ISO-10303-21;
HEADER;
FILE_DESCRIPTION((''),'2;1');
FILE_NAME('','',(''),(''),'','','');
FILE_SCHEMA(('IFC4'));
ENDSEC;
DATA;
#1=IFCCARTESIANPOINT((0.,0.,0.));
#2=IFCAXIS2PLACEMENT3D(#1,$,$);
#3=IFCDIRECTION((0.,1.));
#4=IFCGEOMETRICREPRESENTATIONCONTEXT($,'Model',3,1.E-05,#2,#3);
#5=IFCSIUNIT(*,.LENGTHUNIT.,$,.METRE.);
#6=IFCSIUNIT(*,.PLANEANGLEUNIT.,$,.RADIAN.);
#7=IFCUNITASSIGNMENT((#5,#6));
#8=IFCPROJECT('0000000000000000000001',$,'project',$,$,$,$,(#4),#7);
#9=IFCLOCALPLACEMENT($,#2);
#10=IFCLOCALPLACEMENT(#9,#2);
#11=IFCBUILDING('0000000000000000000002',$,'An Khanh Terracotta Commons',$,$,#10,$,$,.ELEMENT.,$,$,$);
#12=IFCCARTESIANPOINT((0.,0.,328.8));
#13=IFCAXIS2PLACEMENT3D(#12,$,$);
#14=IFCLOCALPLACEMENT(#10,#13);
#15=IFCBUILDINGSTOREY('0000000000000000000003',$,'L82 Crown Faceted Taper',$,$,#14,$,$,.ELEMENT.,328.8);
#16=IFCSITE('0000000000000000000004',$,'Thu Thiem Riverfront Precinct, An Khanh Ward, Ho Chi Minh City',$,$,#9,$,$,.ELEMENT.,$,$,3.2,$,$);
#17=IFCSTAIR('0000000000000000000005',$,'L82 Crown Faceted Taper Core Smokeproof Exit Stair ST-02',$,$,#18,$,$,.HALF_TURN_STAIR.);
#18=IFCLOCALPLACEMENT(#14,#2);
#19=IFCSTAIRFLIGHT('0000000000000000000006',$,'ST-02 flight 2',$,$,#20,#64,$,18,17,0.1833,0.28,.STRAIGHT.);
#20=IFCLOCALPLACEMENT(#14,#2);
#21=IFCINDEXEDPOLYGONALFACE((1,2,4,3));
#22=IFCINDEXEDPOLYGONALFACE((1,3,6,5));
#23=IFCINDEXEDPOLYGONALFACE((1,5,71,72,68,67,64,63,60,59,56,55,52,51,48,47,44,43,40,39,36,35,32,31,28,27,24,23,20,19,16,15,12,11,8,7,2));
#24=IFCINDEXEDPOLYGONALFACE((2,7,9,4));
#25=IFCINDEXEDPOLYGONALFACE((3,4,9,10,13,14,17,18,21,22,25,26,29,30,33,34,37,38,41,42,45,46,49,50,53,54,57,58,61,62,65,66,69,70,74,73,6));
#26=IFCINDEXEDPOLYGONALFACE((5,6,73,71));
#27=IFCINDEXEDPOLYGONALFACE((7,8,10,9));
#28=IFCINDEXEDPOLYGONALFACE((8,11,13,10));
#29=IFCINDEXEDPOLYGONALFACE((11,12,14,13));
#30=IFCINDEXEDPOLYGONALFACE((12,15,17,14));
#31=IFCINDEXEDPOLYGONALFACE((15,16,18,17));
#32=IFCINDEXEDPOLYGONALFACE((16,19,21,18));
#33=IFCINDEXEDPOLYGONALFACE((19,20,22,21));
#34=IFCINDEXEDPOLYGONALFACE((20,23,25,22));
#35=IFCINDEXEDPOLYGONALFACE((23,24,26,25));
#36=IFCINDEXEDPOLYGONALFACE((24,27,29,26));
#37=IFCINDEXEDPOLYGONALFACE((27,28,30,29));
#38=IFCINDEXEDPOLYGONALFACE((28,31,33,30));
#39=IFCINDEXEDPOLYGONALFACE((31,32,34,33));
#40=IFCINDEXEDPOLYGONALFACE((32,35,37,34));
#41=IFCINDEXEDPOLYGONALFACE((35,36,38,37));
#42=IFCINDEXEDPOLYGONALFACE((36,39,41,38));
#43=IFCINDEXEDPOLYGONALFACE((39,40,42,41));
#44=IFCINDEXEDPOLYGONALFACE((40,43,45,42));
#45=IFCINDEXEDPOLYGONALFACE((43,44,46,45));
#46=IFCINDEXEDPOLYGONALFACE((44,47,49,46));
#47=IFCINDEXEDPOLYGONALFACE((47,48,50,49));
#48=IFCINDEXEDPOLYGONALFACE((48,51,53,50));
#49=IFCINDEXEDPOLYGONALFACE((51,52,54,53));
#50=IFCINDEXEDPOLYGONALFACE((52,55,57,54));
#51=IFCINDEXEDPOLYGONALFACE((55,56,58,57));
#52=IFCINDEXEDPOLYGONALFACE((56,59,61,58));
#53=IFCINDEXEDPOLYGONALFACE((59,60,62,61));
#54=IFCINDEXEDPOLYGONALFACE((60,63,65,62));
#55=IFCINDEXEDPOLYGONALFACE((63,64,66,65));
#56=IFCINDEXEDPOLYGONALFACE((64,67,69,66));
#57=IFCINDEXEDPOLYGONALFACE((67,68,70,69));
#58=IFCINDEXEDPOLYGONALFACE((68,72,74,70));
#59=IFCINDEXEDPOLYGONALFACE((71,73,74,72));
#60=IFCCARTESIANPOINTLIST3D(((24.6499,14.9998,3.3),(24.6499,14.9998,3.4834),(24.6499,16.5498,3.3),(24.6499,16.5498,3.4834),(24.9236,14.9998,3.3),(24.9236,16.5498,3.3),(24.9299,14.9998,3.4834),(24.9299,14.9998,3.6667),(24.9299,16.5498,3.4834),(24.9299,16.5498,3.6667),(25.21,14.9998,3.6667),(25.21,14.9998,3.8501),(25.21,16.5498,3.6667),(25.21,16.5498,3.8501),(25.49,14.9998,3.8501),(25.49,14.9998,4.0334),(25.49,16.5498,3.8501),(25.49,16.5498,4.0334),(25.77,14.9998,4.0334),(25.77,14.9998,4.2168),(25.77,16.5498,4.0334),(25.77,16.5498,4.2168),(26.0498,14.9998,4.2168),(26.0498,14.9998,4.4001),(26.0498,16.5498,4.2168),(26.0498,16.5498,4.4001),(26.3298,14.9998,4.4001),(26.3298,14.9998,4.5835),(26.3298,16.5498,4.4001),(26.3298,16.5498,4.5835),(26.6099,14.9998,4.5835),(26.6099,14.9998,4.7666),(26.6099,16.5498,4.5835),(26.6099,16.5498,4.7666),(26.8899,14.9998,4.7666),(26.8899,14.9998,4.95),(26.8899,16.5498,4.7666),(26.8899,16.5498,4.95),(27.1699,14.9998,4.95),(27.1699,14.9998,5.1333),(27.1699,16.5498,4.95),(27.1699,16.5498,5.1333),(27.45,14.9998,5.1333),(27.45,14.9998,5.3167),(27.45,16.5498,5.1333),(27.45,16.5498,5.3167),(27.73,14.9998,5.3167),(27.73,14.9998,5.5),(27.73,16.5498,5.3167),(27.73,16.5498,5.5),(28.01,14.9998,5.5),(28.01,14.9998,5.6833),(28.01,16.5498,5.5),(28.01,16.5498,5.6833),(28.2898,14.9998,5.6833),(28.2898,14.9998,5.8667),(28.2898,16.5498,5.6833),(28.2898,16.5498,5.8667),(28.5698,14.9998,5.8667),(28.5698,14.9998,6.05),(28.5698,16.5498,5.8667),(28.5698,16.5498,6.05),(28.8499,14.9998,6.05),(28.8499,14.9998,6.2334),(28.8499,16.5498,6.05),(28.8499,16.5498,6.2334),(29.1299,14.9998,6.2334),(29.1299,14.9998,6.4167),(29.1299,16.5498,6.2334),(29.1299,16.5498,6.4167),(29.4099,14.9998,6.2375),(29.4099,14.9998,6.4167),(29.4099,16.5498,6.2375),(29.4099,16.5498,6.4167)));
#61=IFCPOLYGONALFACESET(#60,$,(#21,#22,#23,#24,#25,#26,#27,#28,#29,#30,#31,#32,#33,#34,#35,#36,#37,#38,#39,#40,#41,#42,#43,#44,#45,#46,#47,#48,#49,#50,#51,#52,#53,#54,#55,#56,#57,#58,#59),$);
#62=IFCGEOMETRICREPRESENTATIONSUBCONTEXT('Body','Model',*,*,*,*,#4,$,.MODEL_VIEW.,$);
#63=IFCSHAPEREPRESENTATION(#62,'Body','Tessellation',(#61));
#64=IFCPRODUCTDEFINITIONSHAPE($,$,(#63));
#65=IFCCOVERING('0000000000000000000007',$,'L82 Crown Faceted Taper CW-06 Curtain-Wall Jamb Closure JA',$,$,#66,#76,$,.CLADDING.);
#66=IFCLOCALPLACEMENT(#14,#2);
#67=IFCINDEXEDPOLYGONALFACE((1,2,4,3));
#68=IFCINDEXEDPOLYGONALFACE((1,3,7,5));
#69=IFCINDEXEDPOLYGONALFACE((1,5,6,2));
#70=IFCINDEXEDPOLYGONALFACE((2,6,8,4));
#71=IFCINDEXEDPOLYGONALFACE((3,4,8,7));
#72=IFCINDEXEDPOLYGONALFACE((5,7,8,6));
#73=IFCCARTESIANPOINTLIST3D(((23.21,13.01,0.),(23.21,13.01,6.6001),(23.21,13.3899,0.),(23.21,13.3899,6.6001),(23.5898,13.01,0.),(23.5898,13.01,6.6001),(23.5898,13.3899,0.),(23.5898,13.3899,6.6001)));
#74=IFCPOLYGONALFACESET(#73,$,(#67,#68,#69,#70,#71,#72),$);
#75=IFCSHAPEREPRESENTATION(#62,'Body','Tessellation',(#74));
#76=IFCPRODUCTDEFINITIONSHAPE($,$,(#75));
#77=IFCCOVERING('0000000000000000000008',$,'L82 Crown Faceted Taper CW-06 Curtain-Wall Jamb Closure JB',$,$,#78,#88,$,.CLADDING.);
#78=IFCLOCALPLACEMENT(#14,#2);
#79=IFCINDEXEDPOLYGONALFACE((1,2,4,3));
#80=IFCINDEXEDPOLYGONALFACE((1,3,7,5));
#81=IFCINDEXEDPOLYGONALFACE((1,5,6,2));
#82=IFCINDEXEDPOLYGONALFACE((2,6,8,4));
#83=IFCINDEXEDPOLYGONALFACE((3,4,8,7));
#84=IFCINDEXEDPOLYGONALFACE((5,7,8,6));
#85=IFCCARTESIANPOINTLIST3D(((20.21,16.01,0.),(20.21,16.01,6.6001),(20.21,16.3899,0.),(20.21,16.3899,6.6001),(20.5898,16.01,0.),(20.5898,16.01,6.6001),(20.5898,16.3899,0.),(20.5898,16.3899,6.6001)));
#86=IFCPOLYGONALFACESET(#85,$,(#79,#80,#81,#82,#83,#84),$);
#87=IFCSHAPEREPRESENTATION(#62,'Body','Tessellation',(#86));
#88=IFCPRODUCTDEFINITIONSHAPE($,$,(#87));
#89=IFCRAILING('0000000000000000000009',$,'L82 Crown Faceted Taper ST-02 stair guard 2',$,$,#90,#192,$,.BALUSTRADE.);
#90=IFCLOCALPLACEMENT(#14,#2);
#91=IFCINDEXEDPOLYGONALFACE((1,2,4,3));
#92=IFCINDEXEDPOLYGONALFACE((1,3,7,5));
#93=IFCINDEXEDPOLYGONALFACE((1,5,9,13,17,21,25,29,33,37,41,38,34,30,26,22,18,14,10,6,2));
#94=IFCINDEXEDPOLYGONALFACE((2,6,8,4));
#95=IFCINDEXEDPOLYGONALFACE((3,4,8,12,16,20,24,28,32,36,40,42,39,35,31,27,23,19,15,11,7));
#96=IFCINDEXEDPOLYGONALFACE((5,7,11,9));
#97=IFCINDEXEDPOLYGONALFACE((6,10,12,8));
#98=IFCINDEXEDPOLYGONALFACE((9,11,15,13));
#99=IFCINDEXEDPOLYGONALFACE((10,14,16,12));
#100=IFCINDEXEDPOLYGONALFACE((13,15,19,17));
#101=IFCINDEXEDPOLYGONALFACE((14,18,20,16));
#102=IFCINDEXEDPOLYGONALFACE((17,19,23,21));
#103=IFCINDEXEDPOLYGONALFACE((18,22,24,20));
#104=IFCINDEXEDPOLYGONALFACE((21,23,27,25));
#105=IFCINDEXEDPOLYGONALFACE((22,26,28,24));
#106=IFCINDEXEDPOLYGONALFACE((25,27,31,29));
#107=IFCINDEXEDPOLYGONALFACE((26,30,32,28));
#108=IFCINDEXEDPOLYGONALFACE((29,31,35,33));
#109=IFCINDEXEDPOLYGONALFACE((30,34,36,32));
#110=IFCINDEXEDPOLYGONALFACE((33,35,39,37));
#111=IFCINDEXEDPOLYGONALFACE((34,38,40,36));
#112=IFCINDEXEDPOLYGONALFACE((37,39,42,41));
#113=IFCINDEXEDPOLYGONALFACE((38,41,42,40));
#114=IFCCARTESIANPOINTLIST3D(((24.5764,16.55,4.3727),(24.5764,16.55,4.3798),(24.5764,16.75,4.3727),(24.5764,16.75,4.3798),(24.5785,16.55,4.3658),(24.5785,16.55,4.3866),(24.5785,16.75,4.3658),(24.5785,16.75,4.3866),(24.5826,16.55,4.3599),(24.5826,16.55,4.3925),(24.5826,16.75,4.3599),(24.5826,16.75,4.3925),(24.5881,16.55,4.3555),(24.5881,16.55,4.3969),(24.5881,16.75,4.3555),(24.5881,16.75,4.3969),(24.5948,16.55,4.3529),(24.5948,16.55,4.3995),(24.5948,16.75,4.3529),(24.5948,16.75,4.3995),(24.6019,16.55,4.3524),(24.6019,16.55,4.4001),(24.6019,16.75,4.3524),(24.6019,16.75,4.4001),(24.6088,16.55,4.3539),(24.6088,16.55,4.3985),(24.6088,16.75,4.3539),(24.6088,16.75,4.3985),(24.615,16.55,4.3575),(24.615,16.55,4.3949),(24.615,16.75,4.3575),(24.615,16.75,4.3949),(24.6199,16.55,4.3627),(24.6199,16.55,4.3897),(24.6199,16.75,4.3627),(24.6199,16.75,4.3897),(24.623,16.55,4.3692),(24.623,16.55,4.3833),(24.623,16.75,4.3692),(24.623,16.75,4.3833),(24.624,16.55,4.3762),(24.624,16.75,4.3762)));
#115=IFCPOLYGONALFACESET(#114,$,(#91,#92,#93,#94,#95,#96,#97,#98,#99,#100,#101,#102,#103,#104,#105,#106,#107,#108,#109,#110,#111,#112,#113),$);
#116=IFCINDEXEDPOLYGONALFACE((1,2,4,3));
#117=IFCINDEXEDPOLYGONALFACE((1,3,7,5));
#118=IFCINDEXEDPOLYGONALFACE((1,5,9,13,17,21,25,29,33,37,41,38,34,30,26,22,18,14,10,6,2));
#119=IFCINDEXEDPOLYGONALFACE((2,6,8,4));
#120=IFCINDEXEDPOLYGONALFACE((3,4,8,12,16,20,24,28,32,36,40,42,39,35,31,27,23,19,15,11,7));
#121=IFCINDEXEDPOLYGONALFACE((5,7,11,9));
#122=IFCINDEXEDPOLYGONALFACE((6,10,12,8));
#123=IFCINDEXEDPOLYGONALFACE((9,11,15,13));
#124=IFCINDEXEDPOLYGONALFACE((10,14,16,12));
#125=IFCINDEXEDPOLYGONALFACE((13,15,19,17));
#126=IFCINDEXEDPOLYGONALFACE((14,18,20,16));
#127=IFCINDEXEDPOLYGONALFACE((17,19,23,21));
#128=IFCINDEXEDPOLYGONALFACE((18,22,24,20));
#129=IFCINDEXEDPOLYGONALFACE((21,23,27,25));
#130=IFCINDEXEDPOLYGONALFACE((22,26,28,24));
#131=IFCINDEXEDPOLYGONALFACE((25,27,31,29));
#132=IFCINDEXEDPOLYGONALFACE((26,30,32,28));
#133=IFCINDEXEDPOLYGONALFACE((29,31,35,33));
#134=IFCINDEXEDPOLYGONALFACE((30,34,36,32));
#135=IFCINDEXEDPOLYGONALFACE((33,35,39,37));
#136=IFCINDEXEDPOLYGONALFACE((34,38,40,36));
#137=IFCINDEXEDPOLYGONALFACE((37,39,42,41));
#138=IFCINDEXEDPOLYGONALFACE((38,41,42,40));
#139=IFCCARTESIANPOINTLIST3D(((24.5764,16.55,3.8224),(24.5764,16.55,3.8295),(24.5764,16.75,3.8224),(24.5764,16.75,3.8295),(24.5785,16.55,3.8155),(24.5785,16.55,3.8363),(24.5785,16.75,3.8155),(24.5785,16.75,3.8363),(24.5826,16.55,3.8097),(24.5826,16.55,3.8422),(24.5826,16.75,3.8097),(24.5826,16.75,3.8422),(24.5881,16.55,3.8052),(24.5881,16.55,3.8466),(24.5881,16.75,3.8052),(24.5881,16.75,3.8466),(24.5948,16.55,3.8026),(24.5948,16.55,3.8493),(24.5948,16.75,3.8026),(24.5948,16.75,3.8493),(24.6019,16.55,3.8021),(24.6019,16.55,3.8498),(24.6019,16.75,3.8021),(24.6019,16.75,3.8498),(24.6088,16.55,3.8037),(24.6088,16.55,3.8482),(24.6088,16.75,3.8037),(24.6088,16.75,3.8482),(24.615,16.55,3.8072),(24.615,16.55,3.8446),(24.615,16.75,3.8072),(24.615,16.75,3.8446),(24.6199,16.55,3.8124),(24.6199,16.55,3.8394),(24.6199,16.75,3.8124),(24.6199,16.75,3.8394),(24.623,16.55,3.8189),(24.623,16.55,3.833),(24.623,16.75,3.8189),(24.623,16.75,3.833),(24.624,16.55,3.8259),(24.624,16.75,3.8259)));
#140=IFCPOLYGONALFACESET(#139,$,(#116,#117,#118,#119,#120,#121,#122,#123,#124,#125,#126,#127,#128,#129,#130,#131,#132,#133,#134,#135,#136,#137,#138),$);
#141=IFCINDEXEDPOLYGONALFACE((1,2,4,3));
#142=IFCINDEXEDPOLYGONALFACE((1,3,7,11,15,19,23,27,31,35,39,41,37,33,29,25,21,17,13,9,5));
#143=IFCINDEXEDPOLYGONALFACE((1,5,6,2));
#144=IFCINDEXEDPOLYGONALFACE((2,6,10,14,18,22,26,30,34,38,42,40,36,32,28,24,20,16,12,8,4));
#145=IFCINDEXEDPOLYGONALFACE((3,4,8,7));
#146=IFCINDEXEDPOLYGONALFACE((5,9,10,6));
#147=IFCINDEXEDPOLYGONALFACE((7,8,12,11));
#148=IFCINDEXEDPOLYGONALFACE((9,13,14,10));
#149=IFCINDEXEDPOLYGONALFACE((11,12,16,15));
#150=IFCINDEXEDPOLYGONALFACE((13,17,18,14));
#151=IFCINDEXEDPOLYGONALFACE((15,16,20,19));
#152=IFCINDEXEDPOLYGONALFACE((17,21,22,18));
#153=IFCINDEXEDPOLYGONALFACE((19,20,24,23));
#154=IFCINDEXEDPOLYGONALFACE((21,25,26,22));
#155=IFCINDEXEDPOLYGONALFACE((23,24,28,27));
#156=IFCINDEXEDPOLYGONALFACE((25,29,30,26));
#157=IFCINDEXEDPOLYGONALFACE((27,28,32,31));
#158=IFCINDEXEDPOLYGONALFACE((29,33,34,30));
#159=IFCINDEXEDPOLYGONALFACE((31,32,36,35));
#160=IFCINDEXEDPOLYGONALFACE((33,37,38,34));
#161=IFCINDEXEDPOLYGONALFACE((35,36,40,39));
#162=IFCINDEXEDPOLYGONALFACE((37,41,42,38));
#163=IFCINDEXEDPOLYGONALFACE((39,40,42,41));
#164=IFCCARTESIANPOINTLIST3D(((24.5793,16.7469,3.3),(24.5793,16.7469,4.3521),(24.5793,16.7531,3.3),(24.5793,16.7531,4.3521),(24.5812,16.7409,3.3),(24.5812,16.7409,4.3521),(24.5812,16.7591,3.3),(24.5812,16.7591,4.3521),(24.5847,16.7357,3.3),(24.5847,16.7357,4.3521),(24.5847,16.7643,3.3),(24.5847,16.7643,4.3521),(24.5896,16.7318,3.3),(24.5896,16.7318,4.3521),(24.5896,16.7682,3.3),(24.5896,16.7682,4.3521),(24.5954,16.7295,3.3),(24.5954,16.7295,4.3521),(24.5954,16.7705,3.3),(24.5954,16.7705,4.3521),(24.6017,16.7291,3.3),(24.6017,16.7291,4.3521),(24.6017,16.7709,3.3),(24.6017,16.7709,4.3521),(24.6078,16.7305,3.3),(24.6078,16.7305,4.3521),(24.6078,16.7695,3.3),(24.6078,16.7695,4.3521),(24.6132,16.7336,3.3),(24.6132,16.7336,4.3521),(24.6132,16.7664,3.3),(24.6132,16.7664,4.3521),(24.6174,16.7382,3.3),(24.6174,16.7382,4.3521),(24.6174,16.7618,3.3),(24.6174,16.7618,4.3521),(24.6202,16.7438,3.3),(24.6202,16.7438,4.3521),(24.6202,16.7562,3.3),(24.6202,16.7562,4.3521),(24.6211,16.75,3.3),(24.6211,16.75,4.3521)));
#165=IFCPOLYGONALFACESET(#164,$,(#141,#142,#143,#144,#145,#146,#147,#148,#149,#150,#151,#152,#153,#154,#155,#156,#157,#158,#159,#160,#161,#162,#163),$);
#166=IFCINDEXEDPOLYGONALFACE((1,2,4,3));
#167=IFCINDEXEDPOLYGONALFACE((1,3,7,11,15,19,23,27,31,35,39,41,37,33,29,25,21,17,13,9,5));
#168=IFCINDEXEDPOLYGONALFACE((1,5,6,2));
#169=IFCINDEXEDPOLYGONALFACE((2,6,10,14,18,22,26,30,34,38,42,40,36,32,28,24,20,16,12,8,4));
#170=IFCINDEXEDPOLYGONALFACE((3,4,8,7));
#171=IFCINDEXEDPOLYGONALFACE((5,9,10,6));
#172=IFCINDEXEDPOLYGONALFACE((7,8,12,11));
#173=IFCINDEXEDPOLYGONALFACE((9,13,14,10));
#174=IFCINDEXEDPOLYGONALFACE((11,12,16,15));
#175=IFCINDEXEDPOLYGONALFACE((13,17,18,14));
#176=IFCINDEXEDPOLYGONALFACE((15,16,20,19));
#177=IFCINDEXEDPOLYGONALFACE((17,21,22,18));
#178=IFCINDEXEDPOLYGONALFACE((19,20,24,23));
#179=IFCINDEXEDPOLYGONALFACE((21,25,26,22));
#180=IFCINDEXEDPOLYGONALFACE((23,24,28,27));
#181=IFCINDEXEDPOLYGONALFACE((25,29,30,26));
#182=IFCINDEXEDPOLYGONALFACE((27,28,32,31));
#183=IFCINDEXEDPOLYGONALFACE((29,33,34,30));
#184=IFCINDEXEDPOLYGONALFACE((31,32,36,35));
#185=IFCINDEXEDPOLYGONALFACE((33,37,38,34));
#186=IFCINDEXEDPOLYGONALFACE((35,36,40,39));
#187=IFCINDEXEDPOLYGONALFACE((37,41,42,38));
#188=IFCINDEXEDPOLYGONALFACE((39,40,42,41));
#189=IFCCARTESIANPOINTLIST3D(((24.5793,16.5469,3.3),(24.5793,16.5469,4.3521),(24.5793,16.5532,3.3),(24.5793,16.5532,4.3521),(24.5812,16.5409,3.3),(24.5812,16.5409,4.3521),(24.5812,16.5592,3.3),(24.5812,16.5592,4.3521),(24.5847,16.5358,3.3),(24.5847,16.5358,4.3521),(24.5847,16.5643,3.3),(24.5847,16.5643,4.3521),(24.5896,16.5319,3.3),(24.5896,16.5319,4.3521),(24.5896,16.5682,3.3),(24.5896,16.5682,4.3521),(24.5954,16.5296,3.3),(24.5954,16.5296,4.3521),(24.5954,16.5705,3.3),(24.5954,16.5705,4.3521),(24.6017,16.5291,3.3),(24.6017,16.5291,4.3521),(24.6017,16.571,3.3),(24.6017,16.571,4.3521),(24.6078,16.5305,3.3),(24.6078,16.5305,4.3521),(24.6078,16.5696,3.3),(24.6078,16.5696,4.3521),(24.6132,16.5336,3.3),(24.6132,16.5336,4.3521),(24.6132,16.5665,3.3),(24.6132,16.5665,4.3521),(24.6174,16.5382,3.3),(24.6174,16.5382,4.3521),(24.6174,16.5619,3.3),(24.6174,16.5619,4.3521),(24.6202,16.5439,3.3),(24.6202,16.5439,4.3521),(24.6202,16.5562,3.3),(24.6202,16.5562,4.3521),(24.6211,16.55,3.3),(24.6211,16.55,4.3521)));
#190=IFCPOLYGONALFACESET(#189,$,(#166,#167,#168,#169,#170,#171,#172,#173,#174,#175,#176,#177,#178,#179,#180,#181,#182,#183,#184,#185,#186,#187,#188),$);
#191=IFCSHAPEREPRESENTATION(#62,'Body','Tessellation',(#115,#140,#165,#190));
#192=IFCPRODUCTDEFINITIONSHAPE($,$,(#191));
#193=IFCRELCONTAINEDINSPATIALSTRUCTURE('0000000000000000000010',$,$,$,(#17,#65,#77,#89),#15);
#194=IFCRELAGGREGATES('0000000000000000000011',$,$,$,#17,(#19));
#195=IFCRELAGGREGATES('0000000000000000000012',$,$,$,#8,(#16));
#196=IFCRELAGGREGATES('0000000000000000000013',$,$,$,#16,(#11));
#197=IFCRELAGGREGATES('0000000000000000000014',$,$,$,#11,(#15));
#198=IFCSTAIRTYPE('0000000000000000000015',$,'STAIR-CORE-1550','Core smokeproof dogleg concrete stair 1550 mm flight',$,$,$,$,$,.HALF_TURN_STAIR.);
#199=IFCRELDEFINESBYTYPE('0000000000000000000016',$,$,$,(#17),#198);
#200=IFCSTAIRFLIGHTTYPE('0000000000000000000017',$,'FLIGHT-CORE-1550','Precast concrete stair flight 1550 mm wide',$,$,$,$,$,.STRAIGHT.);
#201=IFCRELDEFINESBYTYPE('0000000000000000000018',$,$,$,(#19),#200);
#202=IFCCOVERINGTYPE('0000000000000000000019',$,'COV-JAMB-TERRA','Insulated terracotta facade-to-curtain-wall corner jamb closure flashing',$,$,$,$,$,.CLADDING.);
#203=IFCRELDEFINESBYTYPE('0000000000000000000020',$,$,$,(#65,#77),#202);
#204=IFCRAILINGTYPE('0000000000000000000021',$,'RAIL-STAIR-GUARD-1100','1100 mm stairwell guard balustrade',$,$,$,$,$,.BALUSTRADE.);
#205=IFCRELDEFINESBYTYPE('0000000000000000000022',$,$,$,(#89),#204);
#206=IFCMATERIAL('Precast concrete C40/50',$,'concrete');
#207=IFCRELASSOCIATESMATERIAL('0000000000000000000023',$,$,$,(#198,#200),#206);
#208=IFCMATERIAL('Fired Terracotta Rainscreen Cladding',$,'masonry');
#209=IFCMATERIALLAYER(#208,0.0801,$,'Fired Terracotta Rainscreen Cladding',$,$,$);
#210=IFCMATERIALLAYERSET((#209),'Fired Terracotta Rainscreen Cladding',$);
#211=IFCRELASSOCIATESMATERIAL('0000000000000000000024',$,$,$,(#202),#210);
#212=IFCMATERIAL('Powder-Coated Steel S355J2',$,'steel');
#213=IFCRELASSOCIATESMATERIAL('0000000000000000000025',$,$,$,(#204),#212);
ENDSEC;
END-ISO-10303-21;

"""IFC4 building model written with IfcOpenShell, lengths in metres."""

from ifc_helpers import new_model, si_unit, direction, frame, origin, origin_2d, place, context, subcontext, project, spatial, polyline, rectangle, circle, outline, extrude, material, layer, layer_set, type_object, element, aggregate, save


model = new_model("IFC4")

# Units and contexts
model_context = context("Model", 3, precision=1e-05, world=origin(), true_north=direction((0.0, 1.0)))
body_context = subcontext(model_context, "Body", "Model", "MODEL_VIEW")
ifc_project = project(units=[si_unit("LENGTHUNIT", "METRE"), si_unit("PLANEANGLEUNIT", "RADIAN")], contexts=[model_context])

# Site, building, storey
site_placement = place(None, origin())
site = spatial("IfcSite", under=ifc_project, at=site_placement, Name="Thu Thiem Riverfront Precinct, An Khanh Ward, Ho Chi Minh City", CompositionType="ELEMENT", RefElevation=3.2)
building_placement = place(site_placement, origin())
building = spatial("IfcBuilding", under=site, at=building_placement, Name="An Khanh Terracotta Commons", CompositionType="ELEMENT")
storey_placement = place(building_placement, frame((0.0, 0.0, 328.8)))
storey = spatial("IfcBuildingStorey", under=building, at=storey_placement, Name="L82 Crown Faceted Taper", CompositionType="ELEMENT", Elevation=328.8)

# Stair
ifc_material_1 = material(Name="Precast concrete C40/50", Category="concrete")
stair_type = type_object("IfcStairType", Name="STAIR-CORE-1550", Description="Core smokeproof dogleg concrete stair 1550 mm flight", PredefinedType="HALF_TURN_STAIR", material=ifc_material_1)
stair_1_placement = place(storey_placement, origin())
stair_1 = element("IfcStair", 1, at=stair_1_placement, inside=storey, type_object=stair_type, Name="L82 Crown Faceted Taper Core Smokeproof Exit Stair ST-02", PredefinedType="HALF_TURN_STAIR")

# Stair flight
stair_flight_type = type_object("IfcStairFlightType", Name="FLIGHT-CORE-1550", Description="Precast concrete stair flight 1550 mm wide", PredefinedType="STRAIGHT", material=ifc_material_1)
stair_flight_placement = place(storey_placement, frame((24.6499, 15.7749, 3.3), z_axis=(0.0, 0.0, 1.0), x_axis=(1.0, 0.0, 0.0)))
stair_flight = element("IfcStairFlight", 2, at=stair_flight_placement, type_object=stair_flight_type, Name="ST-02 flight 2", NumberOfRisers=18, NumberOfTreads=17, PredefinedType="STRAIGHT", RiserHeight=0.1833, TreadLength=0.28, context=body_context, shape_type="SweptSolid", body=[
    extrude(outline(polyline([(0.0, 0.0), (0.0, 0.1833), (0.28, 0.1833), (0.28, 0.3667), (0.5601, 0.3667), (0.5601, 0.55), (0.8401, 0.55), (0.8401, 0.7334), (1.1201, 0.7334), (1.1201, 0.9167), (1.3999, 0.9167), (1.3999, 1.1001), (1.6799, 1.1001), (1.6799, 1.2834), (1.96, 1.2834), (1.96, 1.4666), (2.24, 1.4666), (2.24, 1.6499), (2.52, 1.6499), (2.52, 1.8333), (2.8, 1.8333), (2.8, 2.0166), (3.0801, 2.0166), (3.0801, 2.2), (3.3601, 2.2), (3.3601, 2.3833), (3.6399, 2.3833), (3.6399, 2.5667), (3.9199, 2.5667), (3.9199, 2.75), (4.2, 2.75), (4.2, 2.9333), (4.48, 2.9333), (4.48, 3.1167), (4.76, 3.1167), (4.76, 3.3), (4.76, 2.9375), (0.2737, 0.0), (0.0, 0.0)])), frame((0.0, 0.7749, 0.0), z_axis=(0.0, -1.0, 0.0), x_axis=(1.0, 0.0, 0.0)), (0.0, 0.0, 1.0), 1.55),
])
aggregate(stair_1, [stair_flight])

# Coverings
ifc_material_2 = material(Name="Fired Terracotta Rainscreen Cladding", Category="masonry")
ifc_layer_1 = layer(ifc_material_2, 0.0801, Name="Fired Terracotta Rainscreen Cladding")
ifc_layer_set_1 = layer_set([ifc_layer_1], Name="Fired Terracotta Rainscreen Cladding")
covering_type = type_object("IfcCoveringType", Name="COV-JAMB-TERRA", Description="Insulated terracotta facade-to-curtain-wall corner jamb closure flashing", PredefinedType="CLADDING", material=ifc_layer_set_1)
for number, where, z_axis, x_axis, name in (
    (3, (23.3999, 13.2, 0.0), (0.0, 0.0, 1.0), (1.0, 0.0, 0.0), "L82 Crown Faceted Taper CW-06 Curtain-Wall Jamb Closure JA"),
    (4, (20.3999, 16.2, 0.0), (0.0, 0.0, 1.0), (1.0, 0.0, 0.0), "L82 Crown Faceted Taper CW-06 Curtain-Wall Jamb Closure JB"),
):
    element("IfcCovering", number, at=place(storey_placement, frame(where, z_axis=z_axis, x_axis=x_axis)), inside=storey, type_object=covering_type, Name=name, PredefinedType="CLADDING", context=body_context, shape_type="SweptSolid", body=[
        extrude(rectangle(XDim=0.3799, YDim=0.3799, at=origin_2d()), origin(), (0.0, 0.0, 1.0), 6.6001),
    ])

# Railing
ifc_material_3 = material(Name="Powder-Coated Steel S355J2", Category="steel")
railing_type = type_object("IfcRailingType", Name="RAIL-STAIR-GUARD-1100", Description="1100 mm stairwell guard balustrade", PredefinedType="BALUSTRADE", material=ifc_material_3)
railing_placement = place(storey_placement, frame((24.6001, 16.75, 3.3)))
element("IfcRailing", 5, at=railing_placement, inside=storey, type_object=railing_type, Name="L82 Crown Faceted Taper ST-02 stair guard 2", PredefinedType="BALUSTRADE", context=body_context, shape_type="SweptSolid", body=[
    extrude(circle(Radius=0.0239, at=origin_2d()), frame((0.0, 0.0, 1.0762), z_axis=(0.0, -1.0, 0.0), x_axis=(1.0, 0.0, 0.0)), (0.0, 0.0, 1.0), 0.2),
    extrude(circle(Radius=0.0239, at=origin_2d()), frame((0.0, 0.0, 0.5259), z_axis=(0.0, -1.0, 0.0), x_axis=(1.0, 0.0, 0.0)), (0.0, 0.0, 1.0), 0.2),
    extrude(circle(Radius=0.021, at=origin_2d()), origin(), (0.0, 0.0, 1.0), 1.052),
    extrude(circle(Radius=0.021, at=origin_2d()), frame((0.0, -0.2, 0.0)), (0.0, 0.0, 1.0), 1.052),
])

save(model, "model.ifc")
